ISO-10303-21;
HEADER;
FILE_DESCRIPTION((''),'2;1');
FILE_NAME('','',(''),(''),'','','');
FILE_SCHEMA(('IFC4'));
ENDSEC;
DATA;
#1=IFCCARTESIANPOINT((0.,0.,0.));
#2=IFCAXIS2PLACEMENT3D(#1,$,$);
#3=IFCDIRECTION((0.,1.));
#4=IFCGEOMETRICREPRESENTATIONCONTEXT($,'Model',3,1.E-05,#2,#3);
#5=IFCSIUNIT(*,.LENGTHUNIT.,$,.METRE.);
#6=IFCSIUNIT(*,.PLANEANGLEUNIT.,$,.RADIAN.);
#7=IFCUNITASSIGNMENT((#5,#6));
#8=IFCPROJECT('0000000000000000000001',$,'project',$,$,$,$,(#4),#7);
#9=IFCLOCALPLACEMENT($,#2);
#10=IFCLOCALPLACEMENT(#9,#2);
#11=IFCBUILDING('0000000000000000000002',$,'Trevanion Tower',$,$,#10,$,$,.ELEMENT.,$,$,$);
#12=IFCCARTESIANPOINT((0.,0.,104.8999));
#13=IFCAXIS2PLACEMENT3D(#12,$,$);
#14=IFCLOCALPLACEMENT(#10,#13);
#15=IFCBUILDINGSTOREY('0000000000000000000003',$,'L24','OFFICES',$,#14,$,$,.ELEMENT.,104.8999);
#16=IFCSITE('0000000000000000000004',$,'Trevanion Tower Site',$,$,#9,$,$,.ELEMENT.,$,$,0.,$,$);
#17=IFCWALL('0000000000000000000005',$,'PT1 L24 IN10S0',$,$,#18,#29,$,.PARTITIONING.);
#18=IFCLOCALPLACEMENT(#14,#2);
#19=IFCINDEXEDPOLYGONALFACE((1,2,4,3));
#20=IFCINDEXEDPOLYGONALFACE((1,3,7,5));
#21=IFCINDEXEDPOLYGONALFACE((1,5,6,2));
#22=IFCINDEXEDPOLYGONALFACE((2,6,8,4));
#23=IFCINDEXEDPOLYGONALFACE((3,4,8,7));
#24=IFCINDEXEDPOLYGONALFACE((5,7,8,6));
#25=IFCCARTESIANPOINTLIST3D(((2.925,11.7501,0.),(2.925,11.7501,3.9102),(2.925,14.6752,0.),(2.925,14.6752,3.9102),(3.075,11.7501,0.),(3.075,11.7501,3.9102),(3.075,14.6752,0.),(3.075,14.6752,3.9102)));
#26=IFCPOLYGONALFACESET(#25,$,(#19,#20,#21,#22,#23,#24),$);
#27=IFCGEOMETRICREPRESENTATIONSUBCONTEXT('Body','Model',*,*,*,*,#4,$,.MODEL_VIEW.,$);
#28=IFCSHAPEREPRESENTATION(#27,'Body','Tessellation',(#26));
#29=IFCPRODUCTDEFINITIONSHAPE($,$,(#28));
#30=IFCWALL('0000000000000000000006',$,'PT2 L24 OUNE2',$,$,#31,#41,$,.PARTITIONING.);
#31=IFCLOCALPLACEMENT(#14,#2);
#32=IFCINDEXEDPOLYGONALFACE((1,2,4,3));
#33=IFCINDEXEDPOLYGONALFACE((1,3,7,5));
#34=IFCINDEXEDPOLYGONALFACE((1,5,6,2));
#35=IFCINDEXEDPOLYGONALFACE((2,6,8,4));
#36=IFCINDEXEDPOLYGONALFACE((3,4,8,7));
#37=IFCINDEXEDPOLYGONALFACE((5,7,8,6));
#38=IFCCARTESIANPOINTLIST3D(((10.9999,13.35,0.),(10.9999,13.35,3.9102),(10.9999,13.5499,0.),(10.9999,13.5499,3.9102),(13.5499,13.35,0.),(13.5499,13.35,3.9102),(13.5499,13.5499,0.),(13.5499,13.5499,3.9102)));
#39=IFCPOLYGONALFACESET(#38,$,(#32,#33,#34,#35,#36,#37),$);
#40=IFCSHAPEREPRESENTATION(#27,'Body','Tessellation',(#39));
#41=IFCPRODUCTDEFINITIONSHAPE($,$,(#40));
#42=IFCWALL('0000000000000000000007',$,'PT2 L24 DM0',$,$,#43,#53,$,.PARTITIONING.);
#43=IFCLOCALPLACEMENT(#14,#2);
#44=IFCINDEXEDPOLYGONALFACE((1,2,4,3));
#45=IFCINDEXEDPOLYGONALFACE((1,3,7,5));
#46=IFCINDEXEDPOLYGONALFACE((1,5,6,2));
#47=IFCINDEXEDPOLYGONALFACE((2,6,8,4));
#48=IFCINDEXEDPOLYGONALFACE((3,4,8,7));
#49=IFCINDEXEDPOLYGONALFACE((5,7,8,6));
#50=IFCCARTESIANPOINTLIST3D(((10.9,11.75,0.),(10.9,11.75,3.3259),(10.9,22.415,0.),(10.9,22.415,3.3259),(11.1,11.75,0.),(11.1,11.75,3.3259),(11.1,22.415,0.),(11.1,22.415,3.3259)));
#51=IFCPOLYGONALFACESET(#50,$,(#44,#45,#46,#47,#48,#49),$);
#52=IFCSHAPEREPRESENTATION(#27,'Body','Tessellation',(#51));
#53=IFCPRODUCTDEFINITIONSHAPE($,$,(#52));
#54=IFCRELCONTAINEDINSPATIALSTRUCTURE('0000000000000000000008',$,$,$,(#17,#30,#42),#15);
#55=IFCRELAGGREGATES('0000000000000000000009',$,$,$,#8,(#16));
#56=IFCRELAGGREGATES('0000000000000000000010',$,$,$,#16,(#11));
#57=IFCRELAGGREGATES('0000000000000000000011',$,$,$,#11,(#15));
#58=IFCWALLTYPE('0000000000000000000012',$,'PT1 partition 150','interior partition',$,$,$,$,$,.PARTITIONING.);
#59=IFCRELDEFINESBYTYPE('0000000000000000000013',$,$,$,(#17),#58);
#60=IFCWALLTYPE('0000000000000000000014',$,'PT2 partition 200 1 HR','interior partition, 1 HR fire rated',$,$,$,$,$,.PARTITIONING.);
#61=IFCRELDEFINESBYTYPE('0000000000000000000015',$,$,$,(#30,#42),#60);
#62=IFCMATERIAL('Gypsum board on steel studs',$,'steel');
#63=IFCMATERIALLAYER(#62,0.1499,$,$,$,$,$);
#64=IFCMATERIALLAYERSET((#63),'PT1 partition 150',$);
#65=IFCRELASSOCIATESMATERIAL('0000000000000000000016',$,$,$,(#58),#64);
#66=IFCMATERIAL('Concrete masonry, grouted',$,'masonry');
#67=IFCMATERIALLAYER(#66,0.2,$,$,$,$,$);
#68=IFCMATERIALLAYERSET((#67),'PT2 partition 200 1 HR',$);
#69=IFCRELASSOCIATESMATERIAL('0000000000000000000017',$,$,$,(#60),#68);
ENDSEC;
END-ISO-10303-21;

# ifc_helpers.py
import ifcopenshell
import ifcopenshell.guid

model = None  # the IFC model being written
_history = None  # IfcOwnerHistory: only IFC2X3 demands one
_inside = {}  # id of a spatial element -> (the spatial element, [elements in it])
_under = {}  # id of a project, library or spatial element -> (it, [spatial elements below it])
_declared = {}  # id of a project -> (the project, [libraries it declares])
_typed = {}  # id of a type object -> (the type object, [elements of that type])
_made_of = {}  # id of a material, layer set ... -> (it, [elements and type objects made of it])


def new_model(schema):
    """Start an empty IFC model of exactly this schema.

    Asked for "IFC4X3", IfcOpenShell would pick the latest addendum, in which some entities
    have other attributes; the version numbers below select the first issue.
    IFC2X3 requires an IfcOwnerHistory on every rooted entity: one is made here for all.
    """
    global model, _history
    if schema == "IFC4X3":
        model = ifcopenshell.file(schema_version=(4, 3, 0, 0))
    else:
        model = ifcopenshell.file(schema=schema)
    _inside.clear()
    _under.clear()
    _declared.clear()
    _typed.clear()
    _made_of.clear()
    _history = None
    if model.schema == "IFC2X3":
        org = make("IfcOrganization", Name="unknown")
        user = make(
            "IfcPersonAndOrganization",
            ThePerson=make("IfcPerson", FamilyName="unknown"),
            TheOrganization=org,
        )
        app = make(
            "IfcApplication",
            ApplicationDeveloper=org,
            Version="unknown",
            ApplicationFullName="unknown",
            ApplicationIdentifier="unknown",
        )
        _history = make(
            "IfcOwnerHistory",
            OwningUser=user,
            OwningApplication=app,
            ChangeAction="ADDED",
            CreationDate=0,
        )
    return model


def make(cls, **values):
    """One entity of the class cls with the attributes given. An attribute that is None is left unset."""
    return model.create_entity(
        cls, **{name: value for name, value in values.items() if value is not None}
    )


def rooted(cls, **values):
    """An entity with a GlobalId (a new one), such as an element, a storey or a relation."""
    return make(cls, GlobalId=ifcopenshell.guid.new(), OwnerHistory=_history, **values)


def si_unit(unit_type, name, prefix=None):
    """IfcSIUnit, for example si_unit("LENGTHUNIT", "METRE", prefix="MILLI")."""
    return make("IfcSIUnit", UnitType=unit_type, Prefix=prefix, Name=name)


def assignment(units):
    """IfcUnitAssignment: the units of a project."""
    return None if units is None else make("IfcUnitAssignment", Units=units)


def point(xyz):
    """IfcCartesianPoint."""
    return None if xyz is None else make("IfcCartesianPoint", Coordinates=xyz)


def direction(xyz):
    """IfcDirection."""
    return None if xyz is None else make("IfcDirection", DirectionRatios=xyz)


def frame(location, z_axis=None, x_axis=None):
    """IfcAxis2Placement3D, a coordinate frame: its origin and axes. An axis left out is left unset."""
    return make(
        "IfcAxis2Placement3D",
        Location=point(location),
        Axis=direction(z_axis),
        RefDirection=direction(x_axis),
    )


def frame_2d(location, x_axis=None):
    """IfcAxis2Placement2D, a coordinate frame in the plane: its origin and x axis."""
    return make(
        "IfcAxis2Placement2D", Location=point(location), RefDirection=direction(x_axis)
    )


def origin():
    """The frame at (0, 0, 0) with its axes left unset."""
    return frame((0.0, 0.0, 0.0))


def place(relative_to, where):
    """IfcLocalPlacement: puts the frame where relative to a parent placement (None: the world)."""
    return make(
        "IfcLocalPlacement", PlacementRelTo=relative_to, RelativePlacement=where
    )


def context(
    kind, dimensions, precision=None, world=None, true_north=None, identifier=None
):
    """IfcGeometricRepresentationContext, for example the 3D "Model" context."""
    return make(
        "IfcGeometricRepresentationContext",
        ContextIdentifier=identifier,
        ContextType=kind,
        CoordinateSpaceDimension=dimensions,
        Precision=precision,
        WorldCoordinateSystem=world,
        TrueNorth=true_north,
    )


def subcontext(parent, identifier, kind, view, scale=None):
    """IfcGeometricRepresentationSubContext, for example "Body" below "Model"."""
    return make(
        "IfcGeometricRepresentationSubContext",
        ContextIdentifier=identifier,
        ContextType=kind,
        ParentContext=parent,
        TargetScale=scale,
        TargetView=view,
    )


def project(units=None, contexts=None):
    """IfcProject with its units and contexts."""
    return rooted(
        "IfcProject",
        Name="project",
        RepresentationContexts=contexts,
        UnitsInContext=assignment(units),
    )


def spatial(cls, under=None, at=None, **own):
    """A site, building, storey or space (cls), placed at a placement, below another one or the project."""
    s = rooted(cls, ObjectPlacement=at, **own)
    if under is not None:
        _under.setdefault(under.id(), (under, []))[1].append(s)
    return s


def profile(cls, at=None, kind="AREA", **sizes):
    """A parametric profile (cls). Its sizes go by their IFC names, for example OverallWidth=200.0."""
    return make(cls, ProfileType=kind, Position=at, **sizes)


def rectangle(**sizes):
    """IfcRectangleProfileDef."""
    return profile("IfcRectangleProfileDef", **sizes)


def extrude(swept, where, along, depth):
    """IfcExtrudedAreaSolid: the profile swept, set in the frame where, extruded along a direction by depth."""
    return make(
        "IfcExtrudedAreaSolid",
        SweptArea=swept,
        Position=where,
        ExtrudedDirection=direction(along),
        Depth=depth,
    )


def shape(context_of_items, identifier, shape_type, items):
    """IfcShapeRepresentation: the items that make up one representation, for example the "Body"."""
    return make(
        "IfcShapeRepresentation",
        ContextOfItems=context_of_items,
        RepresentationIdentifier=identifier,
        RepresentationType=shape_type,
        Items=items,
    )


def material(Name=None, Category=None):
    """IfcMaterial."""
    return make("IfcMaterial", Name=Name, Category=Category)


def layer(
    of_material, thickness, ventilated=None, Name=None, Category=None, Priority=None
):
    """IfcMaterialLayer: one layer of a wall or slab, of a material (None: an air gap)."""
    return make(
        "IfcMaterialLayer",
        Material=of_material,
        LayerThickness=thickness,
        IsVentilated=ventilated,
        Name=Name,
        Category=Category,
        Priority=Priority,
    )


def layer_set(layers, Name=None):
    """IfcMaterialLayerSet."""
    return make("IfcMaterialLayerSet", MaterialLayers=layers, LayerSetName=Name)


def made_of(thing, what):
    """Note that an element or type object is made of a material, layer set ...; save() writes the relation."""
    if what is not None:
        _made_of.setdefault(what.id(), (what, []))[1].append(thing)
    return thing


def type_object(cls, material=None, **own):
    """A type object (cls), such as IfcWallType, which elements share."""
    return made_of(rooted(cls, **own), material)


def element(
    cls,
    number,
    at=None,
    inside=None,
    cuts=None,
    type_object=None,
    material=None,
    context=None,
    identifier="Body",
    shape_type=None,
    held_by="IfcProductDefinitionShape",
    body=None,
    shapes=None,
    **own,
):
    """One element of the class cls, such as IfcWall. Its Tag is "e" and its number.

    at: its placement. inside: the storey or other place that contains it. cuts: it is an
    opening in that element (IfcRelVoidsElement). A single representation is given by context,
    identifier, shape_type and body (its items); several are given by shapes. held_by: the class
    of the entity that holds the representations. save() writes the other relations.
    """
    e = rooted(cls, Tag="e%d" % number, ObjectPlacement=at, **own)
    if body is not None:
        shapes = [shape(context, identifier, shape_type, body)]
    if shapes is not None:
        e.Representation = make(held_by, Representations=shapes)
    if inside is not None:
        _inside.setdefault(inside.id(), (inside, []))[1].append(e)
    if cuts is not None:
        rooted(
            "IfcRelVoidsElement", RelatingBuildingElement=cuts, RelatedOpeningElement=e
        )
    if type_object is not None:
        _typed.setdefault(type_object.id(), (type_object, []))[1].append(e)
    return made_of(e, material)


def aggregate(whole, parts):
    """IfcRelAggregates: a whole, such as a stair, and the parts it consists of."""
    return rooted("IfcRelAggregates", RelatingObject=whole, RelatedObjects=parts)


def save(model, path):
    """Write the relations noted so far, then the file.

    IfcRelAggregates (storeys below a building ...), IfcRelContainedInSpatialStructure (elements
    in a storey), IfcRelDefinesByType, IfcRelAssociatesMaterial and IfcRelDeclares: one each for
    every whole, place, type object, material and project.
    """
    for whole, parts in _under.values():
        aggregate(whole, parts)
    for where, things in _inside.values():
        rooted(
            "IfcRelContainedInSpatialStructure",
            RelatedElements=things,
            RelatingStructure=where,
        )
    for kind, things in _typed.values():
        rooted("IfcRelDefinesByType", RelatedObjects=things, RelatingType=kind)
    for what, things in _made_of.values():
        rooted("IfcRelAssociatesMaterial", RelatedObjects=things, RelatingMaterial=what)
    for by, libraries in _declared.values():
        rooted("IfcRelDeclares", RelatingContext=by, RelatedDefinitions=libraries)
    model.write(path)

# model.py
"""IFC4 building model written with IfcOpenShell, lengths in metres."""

from ifc_helpers import new_model, si_unit, direction, frame, frame_2d, origin, place, context, subcontext, project, spatial, rectangle, extrude, material, layer, layer_set, type_object, element, save


model = new_model("IFC4")

# Units and contexts
model_context = context("Model", 3, precision=1e-05, world=origin(), true_north=direction((0.0, 1.0)))
body_context = subcontext(model_context, "Body", "Model", "MODEL_VIEW")
ifc_project = project(units=[si_unit("LENGTHUNIT", "METRE"), si_unit("PLANEANGLEUNIT", "RADIAN")], contexts=[model_context])

# Site, building, storey
site_placement = place(None, origin())
site = spatial("IfcSite", under=ifc_project, at=site_placement, Name="Trevanion Tower Site", CompositionType="ELEMENT", RefElevation=0.0)
building_placement = place(site_placement, origin())
building = spatial("IfcBuilding", under=site, at=building_placement, Name="Trevanion Tower", CompositionType="ELEMENT")
storey_placement = place(building_placement, frame((0.0, 0.0, 104.8999)))
storey = spatial("IfcBuildingStorey", under=building, at=storey_placement, Name="L24", Description="OFFICES", CompositionType="ELEMENT", Elevation=104.8999)

# Shared definitions
ifc_material_1 = material(Name="Gypsum board on steel studs", Category="steel")
ifc_layer_1 = layer(ifc_material_1, 0.1499)
ifc_layer_set_1 = layer_set([ifc_layer_1], Name="PT1 partition 150")
wall_type_1 = type_object("IfcWallType", Name="PT1 partition 150", Description="interior partition", PredefinedType="PARTITIONING", material=ifc_layer_set_1)

# Walls
wall_1_placement = place(storey_placement, frame((3.0, 14.675, 0.0), z_axis=(0.0, 0.0, 1.0), x_axis=(0.0, -1.0, 0.0)))
element("IfcWall", 1, at=wall_1_placement, inside=storey, type_object=wall_type_1, Name="PT1 L24 IN10S0", PredefinedType="PARTITIONING", context=body_context, shape_type="SweptSolid", body=[
    extrude(rectangle(XDim=2.925, YDim=0.1499, at=frame_2d((1.4624, 0.0))), origin(), (0.0, 0.0, 1.0), 3.9102),
])
ifc_material_2 = material(Name="Concrete masonry, grouted", Category="masonry")
ifc_layer_2 = layer(ifc_material_2, 0.2)
ifc_layer_set_2 = layer_set([ifc_layer_2], Name="PT2 partition 200 1 HR")
wall_type_2 = type_object("IfcWallType", Name="PT2 partition 200 1 HR", Description="interior partition, 1 HR fire rated", PredefinedType="PARTITIONING", material=ifc_layer_set_2)
wall_2_placement = place(storey_placement, frame((11.0, 13.45, 0.0), z_axis=(0.0, 0.0, 1.0), x_axis=(1.0, 0.0, 0.0)))
element("IfcWall", 2, at=wall_2_placement, inside=storey, type_object=wall_type_2, Name="PT2 L24 OUNE2", PredefinedType="PARTITIONING", context=body_context, shape_type="SweptSolid", body=[
    extrude(rectangle(XDim=2.55, YDim=0.2, at=frame_2d((1.2749, 0.0))), origin(), (0.0, 0.0, 1.0), 3.9102),
])
wall_3_placement = place(storey_placement, frame((11.0, 11.75, 0.0), z_axis=(0.0, 0.0, 1.0), x_axis=(0.0, 1.0, 0.0)))
element("IfcWall", 3, at=wall_3_placement, inside=storey, type_object=wall_type_2, Name="PT2 L24 DM0", PredefinedType="PARTITIONING", context=body_context, shape_type="SweptSolid", body=[
    extrude(rectangle(XDim=10.665, YDim=0.2, at=frame_2d((5.3325, 0.0))), origin(), (0.0, 0.0, 1.0), 3.3259),
])

save(model, "model.ifc")
